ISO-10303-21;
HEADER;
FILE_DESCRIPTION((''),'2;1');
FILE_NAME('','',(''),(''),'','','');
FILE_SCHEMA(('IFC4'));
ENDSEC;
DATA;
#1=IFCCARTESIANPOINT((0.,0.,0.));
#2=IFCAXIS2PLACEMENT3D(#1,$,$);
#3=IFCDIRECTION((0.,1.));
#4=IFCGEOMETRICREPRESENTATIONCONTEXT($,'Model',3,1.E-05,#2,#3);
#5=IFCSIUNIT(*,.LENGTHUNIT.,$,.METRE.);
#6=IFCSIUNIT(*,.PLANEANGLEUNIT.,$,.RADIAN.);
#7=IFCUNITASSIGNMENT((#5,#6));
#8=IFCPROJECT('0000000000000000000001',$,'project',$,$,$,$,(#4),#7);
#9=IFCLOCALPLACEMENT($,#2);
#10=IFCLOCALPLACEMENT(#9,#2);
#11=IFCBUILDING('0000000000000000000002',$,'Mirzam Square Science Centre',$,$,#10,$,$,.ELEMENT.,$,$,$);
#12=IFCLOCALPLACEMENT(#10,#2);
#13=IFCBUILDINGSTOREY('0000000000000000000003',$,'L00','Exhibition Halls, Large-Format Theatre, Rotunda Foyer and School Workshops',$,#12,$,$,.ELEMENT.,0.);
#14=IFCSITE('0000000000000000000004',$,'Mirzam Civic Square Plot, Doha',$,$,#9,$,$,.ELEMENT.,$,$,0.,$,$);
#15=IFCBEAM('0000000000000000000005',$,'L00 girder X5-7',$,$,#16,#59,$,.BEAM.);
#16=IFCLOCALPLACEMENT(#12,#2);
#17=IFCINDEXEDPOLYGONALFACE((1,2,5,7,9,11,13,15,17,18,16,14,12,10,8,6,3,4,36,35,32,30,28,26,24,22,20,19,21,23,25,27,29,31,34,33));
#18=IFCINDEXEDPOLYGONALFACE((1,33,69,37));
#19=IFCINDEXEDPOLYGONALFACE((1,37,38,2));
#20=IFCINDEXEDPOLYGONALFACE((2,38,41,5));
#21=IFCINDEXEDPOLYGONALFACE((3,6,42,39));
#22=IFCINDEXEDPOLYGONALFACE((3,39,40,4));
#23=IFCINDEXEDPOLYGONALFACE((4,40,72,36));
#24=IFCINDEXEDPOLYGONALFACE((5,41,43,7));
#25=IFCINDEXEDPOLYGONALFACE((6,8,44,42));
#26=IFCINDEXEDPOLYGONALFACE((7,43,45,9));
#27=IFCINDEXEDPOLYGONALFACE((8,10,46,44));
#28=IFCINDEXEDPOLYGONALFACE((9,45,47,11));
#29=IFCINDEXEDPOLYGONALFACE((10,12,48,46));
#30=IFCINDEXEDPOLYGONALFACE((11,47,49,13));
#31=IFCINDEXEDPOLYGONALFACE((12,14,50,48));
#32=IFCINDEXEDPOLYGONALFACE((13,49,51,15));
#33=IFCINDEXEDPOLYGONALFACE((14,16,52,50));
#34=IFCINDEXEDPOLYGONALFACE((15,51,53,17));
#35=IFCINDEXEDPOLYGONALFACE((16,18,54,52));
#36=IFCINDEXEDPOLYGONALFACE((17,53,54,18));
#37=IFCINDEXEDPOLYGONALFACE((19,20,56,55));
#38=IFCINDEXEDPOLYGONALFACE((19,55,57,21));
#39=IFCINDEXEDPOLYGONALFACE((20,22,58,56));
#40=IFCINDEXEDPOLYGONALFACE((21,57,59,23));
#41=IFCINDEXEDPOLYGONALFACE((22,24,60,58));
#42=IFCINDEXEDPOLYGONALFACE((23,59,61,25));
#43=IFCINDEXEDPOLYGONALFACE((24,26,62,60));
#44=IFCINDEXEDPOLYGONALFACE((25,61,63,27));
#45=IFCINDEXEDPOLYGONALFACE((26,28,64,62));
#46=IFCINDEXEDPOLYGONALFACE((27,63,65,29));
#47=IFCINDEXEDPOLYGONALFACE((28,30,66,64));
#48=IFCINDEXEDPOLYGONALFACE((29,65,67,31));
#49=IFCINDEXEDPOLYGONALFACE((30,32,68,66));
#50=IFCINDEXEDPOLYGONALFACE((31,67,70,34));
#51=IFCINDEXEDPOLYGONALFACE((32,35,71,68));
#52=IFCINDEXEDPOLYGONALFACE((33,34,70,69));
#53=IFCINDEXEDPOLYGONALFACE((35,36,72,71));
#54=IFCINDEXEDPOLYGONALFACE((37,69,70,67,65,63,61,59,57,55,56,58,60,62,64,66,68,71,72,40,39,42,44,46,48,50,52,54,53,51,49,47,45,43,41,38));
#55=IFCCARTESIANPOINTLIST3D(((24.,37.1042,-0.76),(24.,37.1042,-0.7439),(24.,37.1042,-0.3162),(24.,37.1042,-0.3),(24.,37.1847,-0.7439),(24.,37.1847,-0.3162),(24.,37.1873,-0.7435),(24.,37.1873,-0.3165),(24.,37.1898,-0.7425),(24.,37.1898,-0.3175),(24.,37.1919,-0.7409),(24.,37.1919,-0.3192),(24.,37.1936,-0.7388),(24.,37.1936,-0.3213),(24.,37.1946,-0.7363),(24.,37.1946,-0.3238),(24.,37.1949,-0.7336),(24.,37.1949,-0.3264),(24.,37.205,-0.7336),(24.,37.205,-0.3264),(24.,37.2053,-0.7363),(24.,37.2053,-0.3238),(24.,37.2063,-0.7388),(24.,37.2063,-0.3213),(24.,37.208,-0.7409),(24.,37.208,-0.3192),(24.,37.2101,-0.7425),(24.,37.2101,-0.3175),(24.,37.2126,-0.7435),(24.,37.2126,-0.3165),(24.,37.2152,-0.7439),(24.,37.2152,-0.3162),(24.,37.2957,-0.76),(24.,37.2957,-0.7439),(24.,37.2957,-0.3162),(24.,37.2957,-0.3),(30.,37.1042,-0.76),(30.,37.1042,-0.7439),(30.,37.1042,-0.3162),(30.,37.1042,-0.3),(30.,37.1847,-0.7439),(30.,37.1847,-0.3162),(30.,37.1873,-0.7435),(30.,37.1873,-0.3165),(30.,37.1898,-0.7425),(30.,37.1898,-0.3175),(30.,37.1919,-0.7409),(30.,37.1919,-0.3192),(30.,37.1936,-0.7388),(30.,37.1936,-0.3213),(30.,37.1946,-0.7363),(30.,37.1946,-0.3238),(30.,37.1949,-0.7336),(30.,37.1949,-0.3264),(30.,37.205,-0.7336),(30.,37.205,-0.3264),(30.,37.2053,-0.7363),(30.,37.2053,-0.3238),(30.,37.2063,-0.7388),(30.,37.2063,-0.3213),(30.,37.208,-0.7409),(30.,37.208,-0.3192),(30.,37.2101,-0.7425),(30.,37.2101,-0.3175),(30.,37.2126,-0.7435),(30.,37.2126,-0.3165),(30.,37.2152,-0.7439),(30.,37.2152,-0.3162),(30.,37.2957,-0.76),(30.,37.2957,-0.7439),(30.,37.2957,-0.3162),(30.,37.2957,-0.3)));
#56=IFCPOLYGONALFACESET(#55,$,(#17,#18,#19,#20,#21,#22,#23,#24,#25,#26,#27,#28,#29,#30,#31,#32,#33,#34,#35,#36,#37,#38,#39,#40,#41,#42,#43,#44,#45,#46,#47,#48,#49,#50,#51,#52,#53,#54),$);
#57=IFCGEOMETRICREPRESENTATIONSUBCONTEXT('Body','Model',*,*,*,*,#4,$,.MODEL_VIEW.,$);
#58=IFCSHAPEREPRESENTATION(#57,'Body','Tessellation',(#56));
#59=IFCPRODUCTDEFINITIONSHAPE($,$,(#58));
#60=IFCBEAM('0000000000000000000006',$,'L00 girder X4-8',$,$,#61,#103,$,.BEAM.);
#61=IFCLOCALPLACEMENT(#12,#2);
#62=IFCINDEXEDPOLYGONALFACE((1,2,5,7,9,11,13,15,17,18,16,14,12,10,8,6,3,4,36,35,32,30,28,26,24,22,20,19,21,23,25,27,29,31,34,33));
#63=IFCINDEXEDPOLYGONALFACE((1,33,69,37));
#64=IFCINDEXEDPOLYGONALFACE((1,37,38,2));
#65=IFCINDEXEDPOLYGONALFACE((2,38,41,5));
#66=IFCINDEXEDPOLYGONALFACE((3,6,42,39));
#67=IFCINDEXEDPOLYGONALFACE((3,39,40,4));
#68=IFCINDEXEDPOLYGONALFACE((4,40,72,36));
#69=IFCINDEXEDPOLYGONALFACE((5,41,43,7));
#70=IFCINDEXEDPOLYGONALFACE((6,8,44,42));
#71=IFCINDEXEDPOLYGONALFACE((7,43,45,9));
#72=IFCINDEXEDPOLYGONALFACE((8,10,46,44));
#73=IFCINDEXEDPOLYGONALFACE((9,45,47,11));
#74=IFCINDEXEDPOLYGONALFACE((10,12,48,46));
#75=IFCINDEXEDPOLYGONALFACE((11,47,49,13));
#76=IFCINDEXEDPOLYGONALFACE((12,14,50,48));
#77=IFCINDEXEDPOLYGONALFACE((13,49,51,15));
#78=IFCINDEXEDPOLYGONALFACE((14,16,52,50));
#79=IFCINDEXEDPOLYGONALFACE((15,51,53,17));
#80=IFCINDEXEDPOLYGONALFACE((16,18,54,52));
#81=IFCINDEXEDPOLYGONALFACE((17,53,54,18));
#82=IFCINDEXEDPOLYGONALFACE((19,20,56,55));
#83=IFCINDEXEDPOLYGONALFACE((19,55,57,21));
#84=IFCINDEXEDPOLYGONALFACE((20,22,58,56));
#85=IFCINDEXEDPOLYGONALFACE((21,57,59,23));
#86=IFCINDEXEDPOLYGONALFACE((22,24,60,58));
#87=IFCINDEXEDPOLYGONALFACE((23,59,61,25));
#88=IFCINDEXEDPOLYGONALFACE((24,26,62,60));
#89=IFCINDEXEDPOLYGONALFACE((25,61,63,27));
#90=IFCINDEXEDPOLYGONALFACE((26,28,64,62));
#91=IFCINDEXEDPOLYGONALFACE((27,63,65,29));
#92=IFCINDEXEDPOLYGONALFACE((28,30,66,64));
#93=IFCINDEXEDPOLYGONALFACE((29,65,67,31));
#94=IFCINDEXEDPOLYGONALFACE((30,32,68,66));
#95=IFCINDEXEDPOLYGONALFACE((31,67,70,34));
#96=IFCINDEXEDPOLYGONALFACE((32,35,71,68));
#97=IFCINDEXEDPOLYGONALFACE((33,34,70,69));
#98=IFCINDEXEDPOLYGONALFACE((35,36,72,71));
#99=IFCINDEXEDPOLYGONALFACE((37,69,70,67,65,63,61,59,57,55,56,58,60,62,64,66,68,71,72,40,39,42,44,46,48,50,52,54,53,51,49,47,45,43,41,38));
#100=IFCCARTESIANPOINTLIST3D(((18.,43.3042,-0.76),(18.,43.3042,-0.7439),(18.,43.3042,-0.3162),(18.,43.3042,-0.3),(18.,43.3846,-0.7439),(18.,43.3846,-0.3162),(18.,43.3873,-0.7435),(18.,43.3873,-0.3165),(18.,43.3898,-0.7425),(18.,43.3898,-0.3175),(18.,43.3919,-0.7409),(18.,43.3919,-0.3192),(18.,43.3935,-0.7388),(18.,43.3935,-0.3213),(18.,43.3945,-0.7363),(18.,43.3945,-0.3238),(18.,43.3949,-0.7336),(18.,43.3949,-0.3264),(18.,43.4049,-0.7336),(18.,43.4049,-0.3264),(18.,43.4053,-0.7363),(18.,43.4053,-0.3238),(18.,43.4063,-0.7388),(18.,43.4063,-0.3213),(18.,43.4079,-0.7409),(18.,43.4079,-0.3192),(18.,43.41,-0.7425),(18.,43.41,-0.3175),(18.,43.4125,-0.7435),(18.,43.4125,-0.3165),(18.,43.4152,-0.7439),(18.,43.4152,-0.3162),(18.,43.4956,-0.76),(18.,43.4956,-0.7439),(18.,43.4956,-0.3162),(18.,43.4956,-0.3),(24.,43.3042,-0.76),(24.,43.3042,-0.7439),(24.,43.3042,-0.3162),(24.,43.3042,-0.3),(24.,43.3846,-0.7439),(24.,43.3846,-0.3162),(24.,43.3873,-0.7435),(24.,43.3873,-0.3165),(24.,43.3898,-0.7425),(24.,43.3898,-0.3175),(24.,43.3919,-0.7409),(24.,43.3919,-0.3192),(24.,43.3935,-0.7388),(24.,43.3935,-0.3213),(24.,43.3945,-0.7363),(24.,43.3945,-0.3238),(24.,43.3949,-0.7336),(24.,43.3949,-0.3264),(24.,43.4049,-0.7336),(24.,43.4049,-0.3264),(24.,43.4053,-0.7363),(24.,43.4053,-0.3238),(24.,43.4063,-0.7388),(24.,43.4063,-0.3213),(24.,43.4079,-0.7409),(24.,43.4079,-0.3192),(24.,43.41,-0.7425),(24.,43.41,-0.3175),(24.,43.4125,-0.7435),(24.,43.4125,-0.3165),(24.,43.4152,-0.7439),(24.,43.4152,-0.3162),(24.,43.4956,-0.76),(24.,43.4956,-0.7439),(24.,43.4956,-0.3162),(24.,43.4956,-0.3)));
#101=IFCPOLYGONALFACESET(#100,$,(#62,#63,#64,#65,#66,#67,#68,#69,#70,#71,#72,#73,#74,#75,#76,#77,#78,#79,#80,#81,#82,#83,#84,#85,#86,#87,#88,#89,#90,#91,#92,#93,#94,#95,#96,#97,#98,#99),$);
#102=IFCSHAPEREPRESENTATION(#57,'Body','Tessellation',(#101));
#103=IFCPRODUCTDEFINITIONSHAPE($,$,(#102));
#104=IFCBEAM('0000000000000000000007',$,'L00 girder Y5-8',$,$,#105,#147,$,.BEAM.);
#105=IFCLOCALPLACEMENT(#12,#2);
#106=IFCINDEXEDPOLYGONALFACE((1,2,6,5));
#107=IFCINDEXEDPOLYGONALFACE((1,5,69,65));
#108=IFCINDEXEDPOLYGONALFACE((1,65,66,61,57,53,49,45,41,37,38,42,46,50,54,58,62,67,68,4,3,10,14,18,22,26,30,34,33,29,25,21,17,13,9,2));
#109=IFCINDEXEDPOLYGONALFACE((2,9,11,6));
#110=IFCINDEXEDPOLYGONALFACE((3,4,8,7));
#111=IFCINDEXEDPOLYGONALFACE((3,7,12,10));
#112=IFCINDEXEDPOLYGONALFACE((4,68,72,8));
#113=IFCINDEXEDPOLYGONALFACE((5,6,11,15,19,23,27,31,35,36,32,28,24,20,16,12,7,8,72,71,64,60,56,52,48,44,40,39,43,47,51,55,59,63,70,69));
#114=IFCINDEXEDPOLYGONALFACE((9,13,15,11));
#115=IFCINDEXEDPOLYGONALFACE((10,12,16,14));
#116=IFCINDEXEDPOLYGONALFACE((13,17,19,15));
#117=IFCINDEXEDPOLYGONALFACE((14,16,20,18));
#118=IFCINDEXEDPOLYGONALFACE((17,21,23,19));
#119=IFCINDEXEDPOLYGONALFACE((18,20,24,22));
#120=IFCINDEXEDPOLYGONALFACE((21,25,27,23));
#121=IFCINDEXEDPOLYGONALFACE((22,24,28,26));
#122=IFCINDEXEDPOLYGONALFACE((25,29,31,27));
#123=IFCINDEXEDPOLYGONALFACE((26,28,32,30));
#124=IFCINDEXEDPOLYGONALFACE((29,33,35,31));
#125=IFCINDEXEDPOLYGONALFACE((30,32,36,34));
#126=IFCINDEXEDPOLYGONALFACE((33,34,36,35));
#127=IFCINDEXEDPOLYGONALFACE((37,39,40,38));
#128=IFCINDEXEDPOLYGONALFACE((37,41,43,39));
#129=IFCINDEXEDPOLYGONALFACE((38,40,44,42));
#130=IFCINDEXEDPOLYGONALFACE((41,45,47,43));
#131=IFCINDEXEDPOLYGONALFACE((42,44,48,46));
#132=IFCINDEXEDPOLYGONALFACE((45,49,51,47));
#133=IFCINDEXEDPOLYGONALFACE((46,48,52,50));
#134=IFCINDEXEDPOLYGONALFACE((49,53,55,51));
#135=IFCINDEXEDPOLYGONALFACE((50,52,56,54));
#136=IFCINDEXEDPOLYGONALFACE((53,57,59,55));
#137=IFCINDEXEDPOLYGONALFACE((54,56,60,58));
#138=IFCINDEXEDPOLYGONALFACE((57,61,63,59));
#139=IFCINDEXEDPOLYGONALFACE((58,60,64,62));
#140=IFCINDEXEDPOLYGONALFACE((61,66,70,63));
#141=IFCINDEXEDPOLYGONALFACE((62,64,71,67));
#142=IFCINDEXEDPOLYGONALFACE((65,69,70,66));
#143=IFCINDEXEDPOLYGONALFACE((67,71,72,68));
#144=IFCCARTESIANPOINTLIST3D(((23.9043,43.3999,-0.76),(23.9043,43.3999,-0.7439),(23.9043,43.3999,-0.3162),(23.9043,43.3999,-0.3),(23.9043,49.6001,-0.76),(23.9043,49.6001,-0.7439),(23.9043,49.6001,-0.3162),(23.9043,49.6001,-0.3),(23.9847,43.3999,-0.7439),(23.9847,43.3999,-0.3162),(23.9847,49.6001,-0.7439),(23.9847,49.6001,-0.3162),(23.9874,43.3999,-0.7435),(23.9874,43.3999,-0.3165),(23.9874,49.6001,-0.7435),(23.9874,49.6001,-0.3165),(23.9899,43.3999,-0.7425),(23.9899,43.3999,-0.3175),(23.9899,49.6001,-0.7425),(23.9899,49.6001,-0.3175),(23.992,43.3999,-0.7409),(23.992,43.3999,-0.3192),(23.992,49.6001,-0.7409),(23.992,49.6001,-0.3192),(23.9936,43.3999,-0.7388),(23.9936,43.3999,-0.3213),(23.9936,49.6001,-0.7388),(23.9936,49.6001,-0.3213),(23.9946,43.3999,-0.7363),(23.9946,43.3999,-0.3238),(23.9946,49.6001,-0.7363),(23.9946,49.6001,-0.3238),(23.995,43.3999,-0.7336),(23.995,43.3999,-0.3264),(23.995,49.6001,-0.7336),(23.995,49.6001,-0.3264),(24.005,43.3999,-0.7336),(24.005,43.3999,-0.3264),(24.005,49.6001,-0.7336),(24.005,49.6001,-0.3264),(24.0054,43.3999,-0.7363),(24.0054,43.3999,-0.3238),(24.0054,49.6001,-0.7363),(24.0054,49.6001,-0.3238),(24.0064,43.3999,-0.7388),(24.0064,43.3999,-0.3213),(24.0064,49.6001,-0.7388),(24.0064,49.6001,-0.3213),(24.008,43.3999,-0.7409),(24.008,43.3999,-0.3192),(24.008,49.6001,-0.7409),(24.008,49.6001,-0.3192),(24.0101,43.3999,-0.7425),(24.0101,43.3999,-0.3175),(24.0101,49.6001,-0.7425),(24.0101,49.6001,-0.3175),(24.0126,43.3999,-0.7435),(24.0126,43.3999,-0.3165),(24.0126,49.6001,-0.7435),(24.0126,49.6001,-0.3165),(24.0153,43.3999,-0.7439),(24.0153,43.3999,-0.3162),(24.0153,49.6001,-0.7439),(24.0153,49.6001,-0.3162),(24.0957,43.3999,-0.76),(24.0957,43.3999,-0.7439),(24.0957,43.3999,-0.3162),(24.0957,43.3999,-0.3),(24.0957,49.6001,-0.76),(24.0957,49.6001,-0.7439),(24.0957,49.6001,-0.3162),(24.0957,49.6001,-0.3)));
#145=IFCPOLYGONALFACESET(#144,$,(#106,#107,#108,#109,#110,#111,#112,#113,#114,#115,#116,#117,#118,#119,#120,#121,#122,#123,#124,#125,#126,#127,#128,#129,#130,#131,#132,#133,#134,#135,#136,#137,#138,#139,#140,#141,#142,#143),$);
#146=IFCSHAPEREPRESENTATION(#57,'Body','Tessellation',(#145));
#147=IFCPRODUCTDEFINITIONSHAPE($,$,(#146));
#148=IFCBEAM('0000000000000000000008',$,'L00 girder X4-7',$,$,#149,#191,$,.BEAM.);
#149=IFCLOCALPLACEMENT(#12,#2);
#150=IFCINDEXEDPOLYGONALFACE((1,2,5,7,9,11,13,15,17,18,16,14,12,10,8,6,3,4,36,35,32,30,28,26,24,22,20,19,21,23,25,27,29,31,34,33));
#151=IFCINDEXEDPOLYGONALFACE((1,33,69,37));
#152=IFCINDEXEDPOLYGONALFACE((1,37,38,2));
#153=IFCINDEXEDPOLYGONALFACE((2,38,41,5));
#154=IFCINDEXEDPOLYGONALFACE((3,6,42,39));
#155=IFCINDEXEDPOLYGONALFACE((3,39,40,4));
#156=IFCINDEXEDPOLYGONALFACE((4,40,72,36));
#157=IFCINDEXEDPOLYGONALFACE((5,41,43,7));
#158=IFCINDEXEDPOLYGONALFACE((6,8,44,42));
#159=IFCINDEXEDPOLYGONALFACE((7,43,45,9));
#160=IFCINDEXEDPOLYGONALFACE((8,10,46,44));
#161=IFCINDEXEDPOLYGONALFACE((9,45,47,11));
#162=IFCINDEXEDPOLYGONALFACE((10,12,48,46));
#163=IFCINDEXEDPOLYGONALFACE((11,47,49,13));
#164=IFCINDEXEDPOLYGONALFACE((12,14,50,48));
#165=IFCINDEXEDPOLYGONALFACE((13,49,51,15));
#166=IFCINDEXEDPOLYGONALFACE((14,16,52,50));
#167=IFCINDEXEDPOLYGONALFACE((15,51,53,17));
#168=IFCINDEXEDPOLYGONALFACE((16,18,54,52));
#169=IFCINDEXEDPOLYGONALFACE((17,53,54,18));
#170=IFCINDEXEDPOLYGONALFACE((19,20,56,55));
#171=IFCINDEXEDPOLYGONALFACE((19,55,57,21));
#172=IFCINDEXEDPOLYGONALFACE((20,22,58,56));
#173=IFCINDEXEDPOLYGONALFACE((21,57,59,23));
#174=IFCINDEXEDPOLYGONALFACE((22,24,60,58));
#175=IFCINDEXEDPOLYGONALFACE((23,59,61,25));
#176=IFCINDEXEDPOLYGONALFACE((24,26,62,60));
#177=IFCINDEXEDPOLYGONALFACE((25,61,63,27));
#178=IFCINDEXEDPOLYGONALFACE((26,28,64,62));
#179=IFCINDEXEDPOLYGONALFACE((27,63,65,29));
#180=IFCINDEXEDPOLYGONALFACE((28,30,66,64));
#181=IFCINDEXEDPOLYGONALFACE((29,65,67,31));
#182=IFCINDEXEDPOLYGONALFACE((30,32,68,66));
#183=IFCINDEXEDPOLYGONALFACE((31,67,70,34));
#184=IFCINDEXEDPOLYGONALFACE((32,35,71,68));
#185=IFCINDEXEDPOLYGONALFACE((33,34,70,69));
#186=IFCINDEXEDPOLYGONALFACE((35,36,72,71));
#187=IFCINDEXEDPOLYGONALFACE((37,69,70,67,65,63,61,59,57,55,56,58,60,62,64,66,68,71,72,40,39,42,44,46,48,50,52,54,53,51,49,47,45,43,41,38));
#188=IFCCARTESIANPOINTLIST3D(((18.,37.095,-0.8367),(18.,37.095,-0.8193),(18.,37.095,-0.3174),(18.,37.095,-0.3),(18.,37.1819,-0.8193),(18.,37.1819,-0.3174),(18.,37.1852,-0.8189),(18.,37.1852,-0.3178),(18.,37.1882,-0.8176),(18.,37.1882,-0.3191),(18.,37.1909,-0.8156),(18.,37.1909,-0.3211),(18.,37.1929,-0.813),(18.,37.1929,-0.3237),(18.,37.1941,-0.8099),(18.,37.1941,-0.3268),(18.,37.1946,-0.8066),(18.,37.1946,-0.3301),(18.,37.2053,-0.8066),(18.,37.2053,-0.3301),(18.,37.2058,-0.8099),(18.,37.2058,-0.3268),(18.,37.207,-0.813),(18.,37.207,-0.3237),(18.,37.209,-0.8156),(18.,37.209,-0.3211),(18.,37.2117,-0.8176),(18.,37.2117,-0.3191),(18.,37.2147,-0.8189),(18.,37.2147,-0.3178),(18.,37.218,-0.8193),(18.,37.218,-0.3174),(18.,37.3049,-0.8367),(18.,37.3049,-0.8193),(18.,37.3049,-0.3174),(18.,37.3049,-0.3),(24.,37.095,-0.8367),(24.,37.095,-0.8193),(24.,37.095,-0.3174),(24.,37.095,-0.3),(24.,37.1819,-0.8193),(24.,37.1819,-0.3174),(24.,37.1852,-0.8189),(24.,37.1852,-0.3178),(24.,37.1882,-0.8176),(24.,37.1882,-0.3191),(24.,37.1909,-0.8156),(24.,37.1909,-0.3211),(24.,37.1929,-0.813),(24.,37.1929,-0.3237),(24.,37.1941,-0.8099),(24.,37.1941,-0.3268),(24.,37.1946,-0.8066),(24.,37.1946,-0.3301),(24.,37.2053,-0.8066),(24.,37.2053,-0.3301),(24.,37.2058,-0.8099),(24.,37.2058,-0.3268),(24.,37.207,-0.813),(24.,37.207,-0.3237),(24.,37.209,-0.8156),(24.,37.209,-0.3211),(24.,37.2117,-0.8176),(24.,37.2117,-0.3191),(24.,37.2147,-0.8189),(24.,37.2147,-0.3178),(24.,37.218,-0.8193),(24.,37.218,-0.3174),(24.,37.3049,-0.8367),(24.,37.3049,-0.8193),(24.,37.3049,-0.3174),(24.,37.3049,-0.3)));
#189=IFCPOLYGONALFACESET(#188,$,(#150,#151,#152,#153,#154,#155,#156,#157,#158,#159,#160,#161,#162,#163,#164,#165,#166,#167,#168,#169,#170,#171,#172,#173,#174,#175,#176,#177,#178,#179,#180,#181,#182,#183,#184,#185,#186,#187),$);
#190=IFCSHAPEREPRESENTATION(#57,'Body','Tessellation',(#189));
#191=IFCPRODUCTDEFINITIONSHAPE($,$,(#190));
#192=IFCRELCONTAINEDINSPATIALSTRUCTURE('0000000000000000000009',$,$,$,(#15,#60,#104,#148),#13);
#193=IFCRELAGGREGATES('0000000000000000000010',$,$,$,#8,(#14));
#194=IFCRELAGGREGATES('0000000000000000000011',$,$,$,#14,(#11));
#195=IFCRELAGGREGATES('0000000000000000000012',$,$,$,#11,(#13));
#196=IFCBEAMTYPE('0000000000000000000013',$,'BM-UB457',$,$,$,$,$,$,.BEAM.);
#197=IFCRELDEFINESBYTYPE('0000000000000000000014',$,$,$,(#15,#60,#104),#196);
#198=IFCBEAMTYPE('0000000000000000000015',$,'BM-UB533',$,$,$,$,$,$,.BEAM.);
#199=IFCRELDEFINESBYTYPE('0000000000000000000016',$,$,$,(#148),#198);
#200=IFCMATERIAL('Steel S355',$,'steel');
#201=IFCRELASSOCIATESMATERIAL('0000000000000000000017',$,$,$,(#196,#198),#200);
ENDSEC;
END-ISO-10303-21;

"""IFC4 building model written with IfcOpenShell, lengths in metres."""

from ifc_helpers import new_model, si_unit, direction, frame, origin, origin_2d, place, context, subcontext, project, spatial, i_section, extrude, material, material_profile, profile_set, type_object, element, save


model = new_model("IFC4")

# Units and contexts
model_context = context("Model", 3, precision=1e-05, world=origin(), true_north=direction((0.0, 1.0)))
body_context = subcontext(model_context, "Body", "Model", "MODEL_VIEW")
ifc_project = project(units=[si_unit("LENGTHUNIT", "METRE"), si_unit("PLANEANGLEUNIT", "RADIAN")], contexts=[model_context])

# Site, building, storey
site_placement = place(None, origin())
site = spatial("IfcSite", under=ifc_project, at=site_placement, Name="Mirzam Civic Square Plot, Doha", CompositionType="ELEMENT", RefElevation=0.0)
building_placement = place(site_placement, origin())
building = spatial("IfcBuilding", under=site, at=building_placement, Name="Mirzam Square Science Centre", CompositionType="ELEMENT")
storey_placement = place(building_placement, origin())
storey = spatial("IfcBuildingStorey", under=building, at=storey_placement, Name="L00", Description="Exhibition Halls, Large-Format Theatre, Rotunda Foyer and School Workshops", CompositionType="ELEMENT", Elevation=0.0)

# Shared definitions
ifc_material_1 = material(Name="Steel S355", Category="steel")

# Beams
ifc_material_profile_1 = material_profile(ifc_material_1, i_section(OverallWidth=0.1914, OverallDepth=0.46, WebThickness=0.01, FlangeThickness=0.0161, FilletRadius=0.0103, at=origin_2d()), Name="457x191x82UB")
ifc_profile_set_1 = profile_set([ifc_material_profile_1], Name="Steel S355")
beam_type_1 = type_object("IfcBeamType", Name="BM-UB457", PredefinedType="BEAM", material=ifc_profile_set_1)
for number, where, z_axis, x_axis, name in (
    (1, (24.0, 37.2, -0.53), (1.0, 0.0, 0.0), (0.0, 1.0, 0.0), "L00 girder X5-7"),
    (2, (18.0, 43.3999, -0.53), (1.0, 0.0, 0.0), (0.0, 1.0, 0.0), "L00 girder X4-8"),
):
    element("IfcBeam", number, at=place(storey_placement, frame(where, z_axis=z_axis, x_axis=x_axis)), inside=storey, type_object=beam_type_1, Name=name, PredefinedType="BEAM", context=body_context, shape_type="SweptSolid", body=[
        extrude(i_section(OverallWidth=0.1914, OverallDepth=0.46, WebThickness=0.01, FlangeThickness=0.0161, FilletRadius=0.0103, at=origin_2d()), origin(), (0.0, 0.0, 1.0), 6.0),
    ])
beam_1_placement = place(storey_placement, frame((24.0, 43.3999, -0.53), z_axis=(0.0, 1.0, 0.0), x_axis=(-1.0, 0.0, 0.0)))
element("IfcBeam", 3, at=beam_1_placement, inside=storey, type_object=beam_type_1, Name="L00 girder Y5-8", PredefinedType="BEAM", context=body_context, shape_type="SweptSolid", body=[
    extrude(i_section(OverallWidth=0.1914, OverallDepth=0.46, WebThickness=0.01, FlangeThickness=0.0161, FilletRadius=0.0103, at=origin_2d()), origin(), (0.0, 0.0, 1.0), 6.2002),
])
ifc_material_profile_2 = material_profile(ifc_material_1, i_section(OverallWidth=0.21, OverallDepth=0.5366, WebThickness=0.0107, FlangeThickness=0.0173, FilletRadius=0.0127, at=origin_2d()), Name="533x210x101UB")
ifc_profile_set_2 = profile_set([ifc_material_profile_2], Name="Steel S355")
beam_type_2 = type_object("IfcBeamType", Name="BM-UB533", PredefinedType="BEAM", material=ifc_profile_set_2)
beam_2_placement = place(storey_placement, frame((18.0, 37.2, -0.5684), z_axis=(1.0, 0.0, 0.0), x_axis=(0.0, 1.0, 0.0)))
element("IfcBeam", 4, at=beam_2_placement, inside=storey, type_object=beam_type_2, Name="L00 girder X4-7", PredefinedType="BEAM", context=body_context, shape_type="SweptSolid", body=[
    extrude(i_section(OverallWidth=0.21, OverallDepth=0.5366, WebThickness=0.0107, FlangeThickness=0.0173, FilletRadius=0.0127, at=origin_2d()), origin(), (0.0, 0.0, 1.0), 6.0),
])

save(model, "model.ifc")
